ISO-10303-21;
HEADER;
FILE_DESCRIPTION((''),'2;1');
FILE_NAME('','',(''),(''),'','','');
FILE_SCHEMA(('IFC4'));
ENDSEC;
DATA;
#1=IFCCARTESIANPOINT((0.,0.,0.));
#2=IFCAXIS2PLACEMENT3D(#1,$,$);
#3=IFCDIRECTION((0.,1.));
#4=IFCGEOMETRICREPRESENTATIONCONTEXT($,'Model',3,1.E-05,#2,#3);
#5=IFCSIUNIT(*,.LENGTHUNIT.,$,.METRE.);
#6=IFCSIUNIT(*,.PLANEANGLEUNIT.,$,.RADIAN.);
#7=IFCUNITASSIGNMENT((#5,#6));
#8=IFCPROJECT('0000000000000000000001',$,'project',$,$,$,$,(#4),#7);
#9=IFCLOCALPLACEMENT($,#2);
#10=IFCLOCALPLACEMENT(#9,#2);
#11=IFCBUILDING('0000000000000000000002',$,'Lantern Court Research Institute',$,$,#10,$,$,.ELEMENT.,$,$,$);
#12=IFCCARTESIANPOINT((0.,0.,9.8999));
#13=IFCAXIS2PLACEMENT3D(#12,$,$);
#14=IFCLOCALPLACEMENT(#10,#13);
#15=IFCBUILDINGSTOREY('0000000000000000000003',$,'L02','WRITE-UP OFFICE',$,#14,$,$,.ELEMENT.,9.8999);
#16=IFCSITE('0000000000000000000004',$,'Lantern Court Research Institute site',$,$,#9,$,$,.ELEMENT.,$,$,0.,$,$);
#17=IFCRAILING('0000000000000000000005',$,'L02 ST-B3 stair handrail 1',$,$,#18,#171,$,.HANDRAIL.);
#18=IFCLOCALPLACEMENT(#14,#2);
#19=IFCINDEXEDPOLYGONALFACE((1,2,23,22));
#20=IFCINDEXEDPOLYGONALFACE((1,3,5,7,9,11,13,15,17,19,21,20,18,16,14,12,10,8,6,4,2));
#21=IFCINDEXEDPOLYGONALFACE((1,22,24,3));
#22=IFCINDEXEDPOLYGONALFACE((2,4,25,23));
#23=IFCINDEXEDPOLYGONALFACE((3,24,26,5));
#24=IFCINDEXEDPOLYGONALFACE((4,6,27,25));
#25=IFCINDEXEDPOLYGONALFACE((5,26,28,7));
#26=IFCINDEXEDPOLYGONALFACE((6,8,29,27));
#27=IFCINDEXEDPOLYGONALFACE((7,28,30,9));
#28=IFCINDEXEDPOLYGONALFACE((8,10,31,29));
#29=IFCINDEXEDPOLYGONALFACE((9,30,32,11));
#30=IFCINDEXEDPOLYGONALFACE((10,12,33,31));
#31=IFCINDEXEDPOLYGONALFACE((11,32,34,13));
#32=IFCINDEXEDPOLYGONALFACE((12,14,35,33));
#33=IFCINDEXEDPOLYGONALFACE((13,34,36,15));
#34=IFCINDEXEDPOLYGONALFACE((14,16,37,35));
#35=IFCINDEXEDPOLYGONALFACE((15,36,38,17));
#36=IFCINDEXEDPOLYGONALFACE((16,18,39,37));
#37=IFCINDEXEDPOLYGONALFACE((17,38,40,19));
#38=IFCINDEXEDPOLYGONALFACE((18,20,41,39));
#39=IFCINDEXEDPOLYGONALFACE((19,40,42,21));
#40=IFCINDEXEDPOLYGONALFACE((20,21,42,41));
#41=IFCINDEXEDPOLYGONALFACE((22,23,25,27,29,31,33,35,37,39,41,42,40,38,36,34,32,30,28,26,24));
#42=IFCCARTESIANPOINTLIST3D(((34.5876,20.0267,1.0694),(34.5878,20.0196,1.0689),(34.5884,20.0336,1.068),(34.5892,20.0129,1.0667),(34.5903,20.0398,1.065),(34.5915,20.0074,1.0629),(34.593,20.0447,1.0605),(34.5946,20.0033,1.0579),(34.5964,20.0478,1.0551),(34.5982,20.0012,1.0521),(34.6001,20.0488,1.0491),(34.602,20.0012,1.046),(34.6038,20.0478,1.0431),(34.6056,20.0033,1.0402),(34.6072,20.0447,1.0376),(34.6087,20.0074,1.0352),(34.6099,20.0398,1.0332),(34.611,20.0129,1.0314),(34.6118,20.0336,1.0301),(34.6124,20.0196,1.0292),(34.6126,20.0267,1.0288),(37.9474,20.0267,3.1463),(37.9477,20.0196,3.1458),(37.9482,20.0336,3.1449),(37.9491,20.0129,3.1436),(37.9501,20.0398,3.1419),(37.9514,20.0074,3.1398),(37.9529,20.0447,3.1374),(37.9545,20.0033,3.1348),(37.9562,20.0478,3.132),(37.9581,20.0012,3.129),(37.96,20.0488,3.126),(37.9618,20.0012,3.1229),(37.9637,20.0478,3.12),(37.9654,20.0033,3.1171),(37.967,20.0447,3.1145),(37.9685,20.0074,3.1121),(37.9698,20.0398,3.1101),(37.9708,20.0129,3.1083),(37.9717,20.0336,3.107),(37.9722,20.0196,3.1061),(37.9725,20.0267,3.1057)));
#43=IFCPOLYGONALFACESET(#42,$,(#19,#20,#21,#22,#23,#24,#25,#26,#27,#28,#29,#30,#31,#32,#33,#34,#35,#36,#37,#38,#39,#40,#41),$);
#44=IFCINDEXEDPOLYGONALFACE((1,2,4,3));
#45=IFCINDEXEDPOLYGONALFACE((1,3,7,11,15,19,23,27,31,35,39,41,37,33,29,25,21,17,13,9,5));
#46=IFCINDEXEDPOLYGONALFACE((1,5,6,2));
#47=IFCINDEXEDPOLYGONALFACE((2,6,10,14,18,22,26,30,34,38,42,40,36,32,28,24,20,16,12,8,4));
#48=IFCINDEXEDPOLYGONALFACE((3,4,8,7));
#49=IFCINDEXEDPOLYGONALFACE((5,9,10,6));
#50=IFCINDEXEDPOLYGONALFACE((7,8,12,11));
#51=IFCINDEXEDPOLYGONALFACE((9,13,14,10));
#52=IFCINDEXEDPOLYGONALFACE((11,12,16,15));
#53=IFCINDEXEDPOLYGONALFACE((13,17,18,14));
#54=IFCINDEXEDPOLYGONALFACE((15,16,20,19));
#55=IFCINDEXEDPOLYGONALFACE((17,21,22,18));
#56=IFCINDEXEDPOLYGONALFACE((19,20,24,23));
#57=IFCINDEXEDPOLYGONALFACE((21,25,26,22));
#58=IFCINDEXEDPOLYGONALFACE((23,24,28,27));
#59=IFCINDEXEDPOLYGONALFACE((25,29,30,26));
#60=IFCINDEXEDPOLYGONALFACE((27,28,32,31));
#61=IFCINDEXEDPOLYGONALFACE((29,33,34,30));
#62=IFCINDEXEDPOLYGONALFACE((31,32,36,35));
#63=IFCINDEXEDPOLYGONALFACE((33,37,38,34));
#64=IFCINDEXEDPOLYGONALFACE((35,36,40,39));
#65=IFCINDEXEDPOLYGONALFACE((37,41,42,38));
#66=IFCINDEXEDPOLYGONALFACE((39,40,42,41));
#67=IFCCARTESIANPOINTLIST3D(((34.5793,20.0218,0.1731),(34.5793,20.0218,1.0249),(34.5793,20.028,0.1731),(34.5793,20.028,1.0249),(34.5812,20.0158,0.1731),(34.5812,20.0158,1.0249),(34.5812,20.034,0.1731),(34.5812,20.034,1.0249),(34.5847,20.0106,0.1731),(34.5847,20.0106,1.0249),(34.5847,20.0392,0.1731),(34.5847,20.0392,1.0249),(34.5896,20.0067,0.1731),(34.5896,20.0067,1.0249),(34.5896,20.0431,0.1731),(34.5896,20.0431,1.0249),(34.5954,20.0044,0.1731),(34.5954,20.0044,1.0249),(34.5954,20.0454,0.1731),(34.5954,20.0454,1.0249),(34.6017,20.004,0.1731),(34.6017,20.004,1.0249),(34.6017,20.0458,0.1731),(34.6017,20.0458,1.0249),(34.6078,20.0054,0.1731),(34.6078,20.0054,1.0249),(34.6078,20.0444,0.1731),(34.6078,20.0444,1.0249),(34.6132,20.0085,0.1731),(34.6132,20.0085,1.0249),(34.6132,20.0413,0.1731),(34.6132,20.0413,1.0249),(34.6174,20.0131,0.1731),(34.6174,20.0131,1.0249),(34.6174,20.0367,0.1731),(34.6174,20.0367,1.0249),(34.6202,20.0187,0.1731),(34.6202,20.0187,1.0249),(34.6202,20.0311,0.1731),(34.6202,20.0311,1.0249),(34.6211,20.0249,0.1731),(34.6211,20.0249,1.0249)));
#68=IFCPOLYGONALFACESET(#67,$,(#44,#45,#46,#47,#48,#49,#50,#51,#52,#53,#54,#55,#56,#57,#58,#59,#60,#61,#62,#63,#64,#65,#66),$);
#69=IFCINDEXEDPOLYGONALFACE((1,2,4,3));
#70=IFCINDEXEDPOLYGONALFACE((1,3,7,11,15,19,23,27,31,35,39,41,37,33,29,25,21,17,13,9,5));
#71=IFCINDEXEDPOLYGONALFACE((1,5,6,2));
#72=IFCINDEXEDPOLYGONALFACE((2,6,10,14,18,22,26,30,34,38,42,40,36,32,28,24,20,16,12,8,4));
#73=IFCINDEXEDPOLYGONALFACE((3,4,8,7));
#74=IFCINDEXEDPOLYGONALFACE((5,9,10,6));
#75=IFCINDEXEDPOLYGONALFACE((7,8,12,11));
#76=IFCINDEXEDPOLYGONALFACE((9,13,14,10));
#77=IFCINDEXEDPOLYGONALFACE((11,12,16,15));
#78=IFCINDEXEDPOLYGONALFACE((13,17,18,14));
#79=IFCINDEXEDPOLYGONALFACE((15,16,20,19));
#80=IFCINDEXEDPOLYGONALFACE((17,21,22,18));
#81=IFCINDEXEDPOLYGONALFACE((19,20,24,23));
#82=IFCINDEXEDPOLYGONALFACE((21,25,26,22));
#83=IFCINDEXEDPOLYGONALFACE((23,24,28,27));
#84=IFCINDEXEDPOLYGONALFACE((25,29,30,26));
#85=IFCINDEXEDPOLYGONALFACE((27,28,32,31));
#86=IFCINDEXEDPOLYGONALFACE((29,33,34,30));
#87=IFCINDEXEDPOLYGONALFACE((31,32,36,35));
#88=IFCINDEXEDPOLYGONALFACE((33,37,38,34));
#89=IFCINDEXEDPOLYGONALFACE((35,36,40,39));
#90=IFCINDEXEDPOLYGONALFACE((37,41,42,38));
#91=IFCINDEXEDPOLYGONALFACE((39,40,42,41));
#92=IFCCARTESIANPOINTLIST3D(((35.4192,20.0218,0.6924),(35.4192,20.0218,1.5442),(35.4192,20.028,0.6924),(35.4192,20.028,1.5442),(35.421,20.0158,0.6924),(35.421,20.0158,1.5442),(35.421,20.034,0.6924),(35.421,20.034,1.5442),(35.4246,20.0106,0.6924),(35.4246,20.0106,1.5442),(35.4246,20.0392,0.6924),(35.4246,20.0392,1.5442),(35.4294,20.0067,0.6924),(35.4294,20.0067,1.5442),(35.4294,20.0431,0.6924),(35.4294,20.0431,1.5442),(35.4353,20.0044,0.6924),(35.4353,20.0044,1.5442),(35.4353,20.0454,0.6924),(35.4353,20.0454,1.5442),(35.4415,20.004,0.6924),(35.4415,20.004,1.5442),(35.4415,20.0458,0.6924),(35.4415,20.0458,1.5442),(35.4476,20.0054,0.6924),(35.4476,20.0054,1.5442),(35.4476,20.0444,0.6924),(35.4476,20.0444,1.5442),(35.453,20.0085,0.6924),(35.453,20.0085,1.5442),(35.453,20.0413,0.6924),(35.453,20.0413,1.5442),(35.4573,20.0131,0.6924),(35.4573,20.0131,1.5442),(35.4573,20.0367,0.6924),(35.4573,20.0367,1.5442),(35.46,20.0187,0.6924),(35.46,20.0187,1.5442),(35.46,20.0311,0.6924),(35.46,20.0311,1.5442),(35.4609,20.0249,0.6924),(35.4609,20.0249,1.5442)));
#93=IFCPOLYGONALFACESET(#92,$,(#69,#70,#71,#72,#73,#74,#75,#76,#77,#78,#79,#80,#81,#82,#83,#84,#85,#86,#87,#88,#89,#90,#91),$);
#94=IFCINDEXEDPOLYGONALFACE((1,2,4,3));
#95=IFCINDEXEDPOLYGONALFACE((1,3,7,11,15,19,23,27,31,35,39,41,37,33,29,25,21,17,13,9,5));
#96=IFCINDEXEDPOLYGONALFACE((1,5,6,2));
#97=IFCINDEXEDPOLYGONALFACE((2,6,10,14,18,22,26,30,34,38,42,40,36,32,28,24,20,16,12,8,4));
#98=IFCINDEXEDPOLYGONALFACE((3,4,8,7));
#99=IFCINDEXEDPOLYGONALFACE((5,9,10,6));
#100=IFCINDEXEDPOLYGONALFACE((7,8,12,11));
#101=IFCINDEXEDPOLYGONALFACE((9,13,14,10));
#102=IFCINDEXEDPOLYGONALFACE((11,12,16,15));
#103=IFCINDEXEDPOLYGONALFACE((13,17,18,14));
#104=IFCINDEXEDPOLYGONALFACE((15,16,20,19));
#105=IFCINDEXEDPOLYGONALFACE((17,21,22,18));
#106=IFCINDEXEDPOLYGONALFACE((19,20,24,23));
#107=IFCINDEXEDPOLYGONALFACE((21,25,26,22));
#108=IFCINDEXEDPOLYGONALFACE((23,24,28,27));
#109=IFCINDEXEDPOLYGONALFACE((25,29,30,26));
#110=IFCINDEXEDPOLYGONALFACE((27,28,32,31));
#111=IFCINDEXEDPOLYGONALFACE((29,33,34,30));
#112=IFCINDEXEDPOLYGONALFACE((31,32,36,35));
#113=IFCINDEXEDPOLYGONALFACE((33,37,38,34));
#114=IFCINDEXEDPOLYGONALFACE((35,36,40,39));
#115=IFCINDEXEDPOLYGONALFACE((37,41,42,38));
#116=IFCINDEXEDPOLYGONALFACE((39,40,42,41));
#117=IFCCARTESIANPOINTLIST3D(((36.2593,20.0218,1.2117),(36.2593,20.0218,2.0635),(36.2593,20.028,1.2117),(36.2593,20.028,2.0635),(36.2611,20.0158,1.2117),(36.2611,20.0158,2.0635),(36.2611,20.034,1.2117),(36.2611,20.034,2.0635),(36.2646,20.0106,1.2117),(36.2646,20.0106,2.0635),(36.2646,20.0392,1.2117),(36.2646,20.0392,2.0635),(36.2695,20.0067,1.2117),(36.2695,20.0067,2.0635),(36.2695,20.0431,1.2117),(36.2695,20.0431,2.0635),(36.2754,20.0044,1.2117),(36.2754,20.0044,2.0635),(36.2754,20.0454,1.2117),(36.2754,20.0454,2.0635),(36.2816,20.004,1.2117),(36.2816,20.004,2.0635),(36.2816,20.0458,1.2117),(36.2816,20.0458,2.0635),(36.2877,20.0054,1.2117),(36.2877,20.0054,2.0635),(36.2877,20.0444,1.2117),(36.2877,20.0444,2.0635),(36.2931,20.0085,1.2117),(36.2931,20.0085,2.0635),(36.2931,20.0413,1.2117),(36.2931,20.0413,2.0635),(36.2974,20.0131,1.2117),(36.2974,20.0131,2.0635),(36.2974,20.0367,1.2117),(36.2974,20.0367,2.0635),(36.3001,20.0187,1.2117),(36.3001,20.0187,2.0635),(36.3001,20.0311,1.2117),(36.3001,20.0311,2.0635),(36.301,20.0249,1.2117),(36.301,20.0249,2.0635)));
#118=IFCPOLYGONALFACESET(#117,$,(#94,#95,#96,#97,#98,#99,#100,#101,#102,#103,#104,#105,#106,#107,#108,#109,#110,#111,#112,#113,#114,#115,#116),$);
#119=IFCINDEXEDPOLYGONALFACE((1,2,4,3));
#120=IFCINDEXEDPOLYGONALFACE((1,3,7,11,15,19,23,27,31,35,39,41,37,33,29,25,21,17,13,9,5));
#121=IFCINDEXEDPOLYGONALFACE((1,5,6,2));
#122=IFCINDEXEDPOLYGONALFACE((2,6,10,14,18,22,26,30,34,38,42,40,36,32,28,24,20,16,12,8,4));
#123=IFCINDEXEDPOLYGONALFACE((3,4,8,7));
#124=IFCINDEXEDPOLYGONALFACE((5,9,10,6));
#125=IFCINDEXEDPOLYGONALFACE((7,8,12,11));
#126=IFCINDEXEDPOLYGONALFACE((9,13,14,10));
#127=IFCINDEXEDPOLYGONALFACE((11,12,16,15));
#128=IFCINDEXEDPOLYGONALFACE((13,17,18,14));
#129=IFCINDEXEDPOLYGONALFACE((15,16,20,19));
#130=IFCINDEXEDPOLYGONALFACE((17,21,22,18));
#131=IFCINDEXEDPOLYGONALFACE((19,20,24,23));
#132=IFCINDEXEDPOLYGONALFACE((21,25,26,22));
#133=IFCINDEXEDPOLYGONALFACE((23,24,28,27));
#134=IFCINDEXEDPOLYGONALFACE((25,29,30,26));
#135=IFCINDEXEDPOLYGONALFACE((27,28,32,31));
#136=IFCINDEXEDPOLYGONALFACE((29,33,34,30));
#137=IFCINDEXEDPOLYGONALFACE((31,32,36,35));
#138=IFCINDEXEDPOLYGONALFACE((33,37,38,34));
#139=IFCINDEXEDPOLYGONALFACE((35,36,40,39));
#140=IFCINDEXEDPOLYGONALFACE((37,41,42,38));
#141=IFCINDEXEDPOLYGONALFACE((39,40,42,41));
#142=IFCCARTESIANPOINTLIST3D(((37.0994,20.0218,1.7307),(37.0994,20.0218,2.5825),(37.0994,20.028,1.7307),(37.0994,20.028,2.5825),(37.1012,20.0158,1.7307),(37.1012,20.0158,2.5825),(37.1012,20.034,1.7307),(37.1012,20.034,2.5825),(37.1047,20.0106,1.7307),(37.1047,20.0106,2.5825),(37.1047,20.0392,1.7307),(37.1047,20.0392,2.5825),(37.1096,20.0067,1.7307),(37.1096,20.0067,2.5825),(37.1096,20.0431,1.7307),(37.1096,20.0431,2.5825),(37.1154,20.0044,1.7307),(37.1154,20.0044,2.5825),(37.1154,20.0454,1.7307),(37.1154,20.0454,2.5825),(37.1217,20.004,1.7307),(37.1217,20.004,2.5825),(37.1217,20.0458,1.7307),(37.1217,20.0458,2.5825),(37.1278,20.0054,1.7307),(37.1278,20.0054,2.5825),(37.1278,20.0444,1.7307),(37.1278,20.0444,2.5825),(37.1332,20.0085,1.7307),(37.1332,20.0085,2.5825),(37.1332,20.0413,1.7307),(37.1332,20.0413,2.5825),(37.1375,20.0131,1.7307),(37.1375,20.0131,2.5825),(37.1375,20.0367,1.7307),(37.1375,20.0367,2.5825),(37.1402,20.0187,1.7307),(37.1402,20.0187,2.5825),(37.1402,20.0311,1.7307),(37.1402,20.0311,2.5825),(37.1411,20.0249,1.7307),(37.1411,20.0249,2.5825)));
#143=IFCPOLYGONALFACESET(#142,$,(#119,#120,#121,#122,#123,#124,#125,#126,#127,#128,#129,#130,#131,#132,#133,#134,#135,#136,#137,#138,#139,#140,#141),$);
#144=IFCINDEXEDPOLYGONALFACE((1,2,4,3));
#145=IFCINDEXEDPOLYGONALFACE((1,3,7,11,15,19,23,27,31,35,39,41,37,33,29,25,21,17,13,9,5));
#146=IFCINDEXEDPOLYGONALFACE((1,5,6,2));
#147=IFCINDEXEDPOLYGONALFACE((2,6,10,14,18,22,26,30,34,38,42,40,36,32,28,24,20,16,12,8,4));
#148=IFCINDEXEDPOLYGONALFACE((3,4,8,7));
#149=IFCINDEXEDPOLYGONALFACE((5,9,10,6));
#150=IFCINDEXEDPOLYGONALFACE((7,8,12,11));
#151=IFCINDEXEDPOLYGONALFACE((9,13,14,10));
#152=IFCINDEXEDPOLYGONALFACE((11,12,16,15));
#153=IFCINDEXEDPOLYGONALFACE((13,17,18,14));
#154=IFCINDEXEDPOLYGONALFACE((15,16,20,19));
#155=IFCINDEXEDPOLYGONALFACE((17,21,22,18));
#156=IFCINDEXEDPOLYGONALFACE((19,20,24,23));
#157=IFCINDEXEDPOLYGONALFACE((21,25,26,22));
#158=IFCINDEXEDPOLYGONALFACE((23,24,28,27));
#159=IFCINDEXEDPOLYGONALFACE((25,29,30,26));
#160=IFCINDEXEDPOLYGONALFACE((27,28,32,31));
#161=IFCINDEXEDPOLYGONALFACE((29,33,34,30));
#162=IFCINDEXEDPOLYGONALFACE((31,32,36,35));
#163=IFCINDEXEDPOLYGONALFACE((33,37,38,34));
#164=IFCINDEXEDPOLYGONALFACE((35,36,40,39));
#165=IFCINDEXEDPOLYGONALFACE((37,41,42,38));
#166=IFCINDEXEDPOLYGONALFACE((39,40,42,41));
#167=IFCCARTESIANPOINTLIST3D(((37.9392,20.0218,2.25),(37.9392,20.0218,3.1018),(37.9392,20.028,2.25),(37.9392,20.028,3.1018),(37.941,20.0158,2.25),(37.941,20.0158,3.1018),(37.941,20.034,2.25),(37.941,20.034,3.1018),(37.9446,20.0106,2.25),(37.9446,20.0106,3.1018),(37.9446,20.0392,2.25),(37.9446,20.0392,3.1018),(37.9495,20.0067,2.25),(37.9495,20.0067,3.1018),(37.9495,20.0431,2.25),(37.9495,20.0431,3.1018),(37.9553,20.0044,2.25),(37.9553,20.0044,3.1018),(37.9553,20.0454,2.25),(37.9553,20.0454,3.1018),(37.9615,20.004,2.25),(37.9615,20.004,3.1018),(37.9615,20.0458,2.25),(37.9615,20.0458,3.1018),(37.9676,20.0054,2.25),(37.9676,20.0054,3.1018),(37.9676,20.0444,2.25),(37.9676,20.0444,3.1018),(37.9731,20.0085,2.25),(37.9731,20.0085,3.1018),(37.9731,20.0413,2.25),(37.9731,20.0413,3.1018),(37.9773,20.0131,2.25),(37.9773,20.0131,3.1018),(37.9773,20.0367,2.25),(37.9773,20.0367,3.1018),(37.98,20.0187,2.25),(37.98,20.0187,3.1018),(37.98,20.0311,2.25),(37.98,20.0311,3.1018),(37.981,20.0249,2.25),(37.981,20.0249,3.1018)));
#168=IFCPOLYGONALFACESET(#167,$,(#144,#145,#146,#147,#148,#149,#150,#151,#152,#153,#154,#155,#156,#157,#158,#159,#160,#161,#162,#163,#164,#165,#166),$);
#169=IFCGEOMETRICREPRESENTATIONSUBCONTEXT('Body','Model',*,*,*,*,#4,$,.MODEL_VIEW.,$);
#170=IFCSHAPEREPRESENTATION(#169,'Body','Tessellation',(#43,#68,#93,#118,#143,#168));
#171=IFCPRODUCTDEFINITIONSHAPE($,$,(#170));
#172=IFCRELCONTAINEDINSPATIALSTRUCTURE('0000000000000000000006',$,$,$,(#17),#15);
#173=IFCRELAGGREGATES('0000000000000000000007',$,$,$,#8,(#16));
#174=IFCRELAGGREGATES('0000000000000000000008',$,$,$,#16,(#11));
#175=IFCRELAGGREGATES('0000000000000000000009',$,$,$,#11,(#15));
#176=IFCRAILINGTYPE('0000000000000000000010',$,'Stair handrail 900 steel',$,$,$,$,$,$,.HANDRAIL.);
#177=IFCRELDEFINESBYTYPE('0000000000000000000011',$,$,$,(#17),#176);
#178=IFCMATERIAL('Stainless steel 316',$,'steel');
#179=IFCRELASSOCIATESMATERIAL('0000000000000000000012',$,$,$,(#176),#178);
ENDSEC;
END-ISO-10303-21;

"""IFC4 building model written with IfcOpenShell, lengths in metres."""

from ifc_helpers import new_model, si_unit, direction, frame, origin, origin_2d, place, context, subcontext, project, spatial, circle, extrude, material, type_object, element, save


model = new_model("IFC4")

# Units and contexts
model_context = context("Model", 3, precision=1e-05, world=origin(), true_north=direction((0.0, 1.0)))
body_context = subcontext(model_context, "Body", "Model", "MODEL_VIEW")
ifc_project = project(units=[si_unit("LENGTHUNIT", "METRE"), si_unit("PLANEANGLEUNIT", "RADIAN")], contexts=[model_context])

# Site, building, storey
site_placement = place(None, origin())
site = spatial("IfcSite", under=ifc_project, at=site_placement, Name="Lantern Court Research Institute site", CompositionType="ELEMENT", RefElevation=0.0)
building_placement = place(site_placement, origin())
building = spatial("IfcBuilding", under=site, at=building_placement, Name="Lantern Court Research Institute", CompositionType="ELEMENT")
storey_placement = place(building_placement, frame((0.0, 0.0, 9.8999)))
storey = spatial("IfcBuildingStorey", under=building, at=storey_placement, Name="L02", Description="WRITE-UP OFFICE", CompositionType="ELEMENT", Elevation=9.8999)

# Railing
ifc_material_1 = material(Name="Stainless steel 316", Category="steel")
railing_type_1 = type_object("IfcRailingType", Name="Stair handrail 900 steel", PredefinedType="HANDRAIL", material=ifc_material_1)
railing_1_placement = place(storey_placement, frame((34.6001, 20.0249, 0.1731)))
element("IfcRailing", 1, at=railing_1_placement, inside=storey, type_object=railing_type_1, Name="L02 ST-B3 stair handrail 1", PredefinedType="HANDRAIL", context=body_context, shape_type="SweptSolid", body=[
    extrude(circle(Radius=0.0239, at=origin_2d()), frame((0.0, 0.0, 0.876), z_axis=(0.850606, 0.0, 0.525803), x_axis=(0.0, 1.0, 0.0)), (0.0, 0.0, 1.0), 3.95),
    extrude(circle(Radius=0.021, at=origin_2d()), origin(), (0.0, 0.0, 1.0), 0.8518),
    extrude(circle(Radius=0.021, at=origin_2d()), frame((0.8398, 0.0, 0.5193)), (0.0, 0.0, 1.0), 0.8518),
    extrude(circle(Radius=0.021, at=origin_2d()), frame((1.6799, 0.0, 1.0386)), (0.0, 0.0, 1.0), 0.8518),
    extrude(circle(Radius=0.021, at=origin_2d()), frame((2.52, 0.0, 1.5576)), (0.0, 0.0, 1.0), 0.8518),
    extrude(circle(Radius=0.021, at=origin_2d()), frame((3.3599, 0.0, 2.0769)), (0.0, 0.0, 1.0), 0.8518),
])

save(model, "model.ifc")
